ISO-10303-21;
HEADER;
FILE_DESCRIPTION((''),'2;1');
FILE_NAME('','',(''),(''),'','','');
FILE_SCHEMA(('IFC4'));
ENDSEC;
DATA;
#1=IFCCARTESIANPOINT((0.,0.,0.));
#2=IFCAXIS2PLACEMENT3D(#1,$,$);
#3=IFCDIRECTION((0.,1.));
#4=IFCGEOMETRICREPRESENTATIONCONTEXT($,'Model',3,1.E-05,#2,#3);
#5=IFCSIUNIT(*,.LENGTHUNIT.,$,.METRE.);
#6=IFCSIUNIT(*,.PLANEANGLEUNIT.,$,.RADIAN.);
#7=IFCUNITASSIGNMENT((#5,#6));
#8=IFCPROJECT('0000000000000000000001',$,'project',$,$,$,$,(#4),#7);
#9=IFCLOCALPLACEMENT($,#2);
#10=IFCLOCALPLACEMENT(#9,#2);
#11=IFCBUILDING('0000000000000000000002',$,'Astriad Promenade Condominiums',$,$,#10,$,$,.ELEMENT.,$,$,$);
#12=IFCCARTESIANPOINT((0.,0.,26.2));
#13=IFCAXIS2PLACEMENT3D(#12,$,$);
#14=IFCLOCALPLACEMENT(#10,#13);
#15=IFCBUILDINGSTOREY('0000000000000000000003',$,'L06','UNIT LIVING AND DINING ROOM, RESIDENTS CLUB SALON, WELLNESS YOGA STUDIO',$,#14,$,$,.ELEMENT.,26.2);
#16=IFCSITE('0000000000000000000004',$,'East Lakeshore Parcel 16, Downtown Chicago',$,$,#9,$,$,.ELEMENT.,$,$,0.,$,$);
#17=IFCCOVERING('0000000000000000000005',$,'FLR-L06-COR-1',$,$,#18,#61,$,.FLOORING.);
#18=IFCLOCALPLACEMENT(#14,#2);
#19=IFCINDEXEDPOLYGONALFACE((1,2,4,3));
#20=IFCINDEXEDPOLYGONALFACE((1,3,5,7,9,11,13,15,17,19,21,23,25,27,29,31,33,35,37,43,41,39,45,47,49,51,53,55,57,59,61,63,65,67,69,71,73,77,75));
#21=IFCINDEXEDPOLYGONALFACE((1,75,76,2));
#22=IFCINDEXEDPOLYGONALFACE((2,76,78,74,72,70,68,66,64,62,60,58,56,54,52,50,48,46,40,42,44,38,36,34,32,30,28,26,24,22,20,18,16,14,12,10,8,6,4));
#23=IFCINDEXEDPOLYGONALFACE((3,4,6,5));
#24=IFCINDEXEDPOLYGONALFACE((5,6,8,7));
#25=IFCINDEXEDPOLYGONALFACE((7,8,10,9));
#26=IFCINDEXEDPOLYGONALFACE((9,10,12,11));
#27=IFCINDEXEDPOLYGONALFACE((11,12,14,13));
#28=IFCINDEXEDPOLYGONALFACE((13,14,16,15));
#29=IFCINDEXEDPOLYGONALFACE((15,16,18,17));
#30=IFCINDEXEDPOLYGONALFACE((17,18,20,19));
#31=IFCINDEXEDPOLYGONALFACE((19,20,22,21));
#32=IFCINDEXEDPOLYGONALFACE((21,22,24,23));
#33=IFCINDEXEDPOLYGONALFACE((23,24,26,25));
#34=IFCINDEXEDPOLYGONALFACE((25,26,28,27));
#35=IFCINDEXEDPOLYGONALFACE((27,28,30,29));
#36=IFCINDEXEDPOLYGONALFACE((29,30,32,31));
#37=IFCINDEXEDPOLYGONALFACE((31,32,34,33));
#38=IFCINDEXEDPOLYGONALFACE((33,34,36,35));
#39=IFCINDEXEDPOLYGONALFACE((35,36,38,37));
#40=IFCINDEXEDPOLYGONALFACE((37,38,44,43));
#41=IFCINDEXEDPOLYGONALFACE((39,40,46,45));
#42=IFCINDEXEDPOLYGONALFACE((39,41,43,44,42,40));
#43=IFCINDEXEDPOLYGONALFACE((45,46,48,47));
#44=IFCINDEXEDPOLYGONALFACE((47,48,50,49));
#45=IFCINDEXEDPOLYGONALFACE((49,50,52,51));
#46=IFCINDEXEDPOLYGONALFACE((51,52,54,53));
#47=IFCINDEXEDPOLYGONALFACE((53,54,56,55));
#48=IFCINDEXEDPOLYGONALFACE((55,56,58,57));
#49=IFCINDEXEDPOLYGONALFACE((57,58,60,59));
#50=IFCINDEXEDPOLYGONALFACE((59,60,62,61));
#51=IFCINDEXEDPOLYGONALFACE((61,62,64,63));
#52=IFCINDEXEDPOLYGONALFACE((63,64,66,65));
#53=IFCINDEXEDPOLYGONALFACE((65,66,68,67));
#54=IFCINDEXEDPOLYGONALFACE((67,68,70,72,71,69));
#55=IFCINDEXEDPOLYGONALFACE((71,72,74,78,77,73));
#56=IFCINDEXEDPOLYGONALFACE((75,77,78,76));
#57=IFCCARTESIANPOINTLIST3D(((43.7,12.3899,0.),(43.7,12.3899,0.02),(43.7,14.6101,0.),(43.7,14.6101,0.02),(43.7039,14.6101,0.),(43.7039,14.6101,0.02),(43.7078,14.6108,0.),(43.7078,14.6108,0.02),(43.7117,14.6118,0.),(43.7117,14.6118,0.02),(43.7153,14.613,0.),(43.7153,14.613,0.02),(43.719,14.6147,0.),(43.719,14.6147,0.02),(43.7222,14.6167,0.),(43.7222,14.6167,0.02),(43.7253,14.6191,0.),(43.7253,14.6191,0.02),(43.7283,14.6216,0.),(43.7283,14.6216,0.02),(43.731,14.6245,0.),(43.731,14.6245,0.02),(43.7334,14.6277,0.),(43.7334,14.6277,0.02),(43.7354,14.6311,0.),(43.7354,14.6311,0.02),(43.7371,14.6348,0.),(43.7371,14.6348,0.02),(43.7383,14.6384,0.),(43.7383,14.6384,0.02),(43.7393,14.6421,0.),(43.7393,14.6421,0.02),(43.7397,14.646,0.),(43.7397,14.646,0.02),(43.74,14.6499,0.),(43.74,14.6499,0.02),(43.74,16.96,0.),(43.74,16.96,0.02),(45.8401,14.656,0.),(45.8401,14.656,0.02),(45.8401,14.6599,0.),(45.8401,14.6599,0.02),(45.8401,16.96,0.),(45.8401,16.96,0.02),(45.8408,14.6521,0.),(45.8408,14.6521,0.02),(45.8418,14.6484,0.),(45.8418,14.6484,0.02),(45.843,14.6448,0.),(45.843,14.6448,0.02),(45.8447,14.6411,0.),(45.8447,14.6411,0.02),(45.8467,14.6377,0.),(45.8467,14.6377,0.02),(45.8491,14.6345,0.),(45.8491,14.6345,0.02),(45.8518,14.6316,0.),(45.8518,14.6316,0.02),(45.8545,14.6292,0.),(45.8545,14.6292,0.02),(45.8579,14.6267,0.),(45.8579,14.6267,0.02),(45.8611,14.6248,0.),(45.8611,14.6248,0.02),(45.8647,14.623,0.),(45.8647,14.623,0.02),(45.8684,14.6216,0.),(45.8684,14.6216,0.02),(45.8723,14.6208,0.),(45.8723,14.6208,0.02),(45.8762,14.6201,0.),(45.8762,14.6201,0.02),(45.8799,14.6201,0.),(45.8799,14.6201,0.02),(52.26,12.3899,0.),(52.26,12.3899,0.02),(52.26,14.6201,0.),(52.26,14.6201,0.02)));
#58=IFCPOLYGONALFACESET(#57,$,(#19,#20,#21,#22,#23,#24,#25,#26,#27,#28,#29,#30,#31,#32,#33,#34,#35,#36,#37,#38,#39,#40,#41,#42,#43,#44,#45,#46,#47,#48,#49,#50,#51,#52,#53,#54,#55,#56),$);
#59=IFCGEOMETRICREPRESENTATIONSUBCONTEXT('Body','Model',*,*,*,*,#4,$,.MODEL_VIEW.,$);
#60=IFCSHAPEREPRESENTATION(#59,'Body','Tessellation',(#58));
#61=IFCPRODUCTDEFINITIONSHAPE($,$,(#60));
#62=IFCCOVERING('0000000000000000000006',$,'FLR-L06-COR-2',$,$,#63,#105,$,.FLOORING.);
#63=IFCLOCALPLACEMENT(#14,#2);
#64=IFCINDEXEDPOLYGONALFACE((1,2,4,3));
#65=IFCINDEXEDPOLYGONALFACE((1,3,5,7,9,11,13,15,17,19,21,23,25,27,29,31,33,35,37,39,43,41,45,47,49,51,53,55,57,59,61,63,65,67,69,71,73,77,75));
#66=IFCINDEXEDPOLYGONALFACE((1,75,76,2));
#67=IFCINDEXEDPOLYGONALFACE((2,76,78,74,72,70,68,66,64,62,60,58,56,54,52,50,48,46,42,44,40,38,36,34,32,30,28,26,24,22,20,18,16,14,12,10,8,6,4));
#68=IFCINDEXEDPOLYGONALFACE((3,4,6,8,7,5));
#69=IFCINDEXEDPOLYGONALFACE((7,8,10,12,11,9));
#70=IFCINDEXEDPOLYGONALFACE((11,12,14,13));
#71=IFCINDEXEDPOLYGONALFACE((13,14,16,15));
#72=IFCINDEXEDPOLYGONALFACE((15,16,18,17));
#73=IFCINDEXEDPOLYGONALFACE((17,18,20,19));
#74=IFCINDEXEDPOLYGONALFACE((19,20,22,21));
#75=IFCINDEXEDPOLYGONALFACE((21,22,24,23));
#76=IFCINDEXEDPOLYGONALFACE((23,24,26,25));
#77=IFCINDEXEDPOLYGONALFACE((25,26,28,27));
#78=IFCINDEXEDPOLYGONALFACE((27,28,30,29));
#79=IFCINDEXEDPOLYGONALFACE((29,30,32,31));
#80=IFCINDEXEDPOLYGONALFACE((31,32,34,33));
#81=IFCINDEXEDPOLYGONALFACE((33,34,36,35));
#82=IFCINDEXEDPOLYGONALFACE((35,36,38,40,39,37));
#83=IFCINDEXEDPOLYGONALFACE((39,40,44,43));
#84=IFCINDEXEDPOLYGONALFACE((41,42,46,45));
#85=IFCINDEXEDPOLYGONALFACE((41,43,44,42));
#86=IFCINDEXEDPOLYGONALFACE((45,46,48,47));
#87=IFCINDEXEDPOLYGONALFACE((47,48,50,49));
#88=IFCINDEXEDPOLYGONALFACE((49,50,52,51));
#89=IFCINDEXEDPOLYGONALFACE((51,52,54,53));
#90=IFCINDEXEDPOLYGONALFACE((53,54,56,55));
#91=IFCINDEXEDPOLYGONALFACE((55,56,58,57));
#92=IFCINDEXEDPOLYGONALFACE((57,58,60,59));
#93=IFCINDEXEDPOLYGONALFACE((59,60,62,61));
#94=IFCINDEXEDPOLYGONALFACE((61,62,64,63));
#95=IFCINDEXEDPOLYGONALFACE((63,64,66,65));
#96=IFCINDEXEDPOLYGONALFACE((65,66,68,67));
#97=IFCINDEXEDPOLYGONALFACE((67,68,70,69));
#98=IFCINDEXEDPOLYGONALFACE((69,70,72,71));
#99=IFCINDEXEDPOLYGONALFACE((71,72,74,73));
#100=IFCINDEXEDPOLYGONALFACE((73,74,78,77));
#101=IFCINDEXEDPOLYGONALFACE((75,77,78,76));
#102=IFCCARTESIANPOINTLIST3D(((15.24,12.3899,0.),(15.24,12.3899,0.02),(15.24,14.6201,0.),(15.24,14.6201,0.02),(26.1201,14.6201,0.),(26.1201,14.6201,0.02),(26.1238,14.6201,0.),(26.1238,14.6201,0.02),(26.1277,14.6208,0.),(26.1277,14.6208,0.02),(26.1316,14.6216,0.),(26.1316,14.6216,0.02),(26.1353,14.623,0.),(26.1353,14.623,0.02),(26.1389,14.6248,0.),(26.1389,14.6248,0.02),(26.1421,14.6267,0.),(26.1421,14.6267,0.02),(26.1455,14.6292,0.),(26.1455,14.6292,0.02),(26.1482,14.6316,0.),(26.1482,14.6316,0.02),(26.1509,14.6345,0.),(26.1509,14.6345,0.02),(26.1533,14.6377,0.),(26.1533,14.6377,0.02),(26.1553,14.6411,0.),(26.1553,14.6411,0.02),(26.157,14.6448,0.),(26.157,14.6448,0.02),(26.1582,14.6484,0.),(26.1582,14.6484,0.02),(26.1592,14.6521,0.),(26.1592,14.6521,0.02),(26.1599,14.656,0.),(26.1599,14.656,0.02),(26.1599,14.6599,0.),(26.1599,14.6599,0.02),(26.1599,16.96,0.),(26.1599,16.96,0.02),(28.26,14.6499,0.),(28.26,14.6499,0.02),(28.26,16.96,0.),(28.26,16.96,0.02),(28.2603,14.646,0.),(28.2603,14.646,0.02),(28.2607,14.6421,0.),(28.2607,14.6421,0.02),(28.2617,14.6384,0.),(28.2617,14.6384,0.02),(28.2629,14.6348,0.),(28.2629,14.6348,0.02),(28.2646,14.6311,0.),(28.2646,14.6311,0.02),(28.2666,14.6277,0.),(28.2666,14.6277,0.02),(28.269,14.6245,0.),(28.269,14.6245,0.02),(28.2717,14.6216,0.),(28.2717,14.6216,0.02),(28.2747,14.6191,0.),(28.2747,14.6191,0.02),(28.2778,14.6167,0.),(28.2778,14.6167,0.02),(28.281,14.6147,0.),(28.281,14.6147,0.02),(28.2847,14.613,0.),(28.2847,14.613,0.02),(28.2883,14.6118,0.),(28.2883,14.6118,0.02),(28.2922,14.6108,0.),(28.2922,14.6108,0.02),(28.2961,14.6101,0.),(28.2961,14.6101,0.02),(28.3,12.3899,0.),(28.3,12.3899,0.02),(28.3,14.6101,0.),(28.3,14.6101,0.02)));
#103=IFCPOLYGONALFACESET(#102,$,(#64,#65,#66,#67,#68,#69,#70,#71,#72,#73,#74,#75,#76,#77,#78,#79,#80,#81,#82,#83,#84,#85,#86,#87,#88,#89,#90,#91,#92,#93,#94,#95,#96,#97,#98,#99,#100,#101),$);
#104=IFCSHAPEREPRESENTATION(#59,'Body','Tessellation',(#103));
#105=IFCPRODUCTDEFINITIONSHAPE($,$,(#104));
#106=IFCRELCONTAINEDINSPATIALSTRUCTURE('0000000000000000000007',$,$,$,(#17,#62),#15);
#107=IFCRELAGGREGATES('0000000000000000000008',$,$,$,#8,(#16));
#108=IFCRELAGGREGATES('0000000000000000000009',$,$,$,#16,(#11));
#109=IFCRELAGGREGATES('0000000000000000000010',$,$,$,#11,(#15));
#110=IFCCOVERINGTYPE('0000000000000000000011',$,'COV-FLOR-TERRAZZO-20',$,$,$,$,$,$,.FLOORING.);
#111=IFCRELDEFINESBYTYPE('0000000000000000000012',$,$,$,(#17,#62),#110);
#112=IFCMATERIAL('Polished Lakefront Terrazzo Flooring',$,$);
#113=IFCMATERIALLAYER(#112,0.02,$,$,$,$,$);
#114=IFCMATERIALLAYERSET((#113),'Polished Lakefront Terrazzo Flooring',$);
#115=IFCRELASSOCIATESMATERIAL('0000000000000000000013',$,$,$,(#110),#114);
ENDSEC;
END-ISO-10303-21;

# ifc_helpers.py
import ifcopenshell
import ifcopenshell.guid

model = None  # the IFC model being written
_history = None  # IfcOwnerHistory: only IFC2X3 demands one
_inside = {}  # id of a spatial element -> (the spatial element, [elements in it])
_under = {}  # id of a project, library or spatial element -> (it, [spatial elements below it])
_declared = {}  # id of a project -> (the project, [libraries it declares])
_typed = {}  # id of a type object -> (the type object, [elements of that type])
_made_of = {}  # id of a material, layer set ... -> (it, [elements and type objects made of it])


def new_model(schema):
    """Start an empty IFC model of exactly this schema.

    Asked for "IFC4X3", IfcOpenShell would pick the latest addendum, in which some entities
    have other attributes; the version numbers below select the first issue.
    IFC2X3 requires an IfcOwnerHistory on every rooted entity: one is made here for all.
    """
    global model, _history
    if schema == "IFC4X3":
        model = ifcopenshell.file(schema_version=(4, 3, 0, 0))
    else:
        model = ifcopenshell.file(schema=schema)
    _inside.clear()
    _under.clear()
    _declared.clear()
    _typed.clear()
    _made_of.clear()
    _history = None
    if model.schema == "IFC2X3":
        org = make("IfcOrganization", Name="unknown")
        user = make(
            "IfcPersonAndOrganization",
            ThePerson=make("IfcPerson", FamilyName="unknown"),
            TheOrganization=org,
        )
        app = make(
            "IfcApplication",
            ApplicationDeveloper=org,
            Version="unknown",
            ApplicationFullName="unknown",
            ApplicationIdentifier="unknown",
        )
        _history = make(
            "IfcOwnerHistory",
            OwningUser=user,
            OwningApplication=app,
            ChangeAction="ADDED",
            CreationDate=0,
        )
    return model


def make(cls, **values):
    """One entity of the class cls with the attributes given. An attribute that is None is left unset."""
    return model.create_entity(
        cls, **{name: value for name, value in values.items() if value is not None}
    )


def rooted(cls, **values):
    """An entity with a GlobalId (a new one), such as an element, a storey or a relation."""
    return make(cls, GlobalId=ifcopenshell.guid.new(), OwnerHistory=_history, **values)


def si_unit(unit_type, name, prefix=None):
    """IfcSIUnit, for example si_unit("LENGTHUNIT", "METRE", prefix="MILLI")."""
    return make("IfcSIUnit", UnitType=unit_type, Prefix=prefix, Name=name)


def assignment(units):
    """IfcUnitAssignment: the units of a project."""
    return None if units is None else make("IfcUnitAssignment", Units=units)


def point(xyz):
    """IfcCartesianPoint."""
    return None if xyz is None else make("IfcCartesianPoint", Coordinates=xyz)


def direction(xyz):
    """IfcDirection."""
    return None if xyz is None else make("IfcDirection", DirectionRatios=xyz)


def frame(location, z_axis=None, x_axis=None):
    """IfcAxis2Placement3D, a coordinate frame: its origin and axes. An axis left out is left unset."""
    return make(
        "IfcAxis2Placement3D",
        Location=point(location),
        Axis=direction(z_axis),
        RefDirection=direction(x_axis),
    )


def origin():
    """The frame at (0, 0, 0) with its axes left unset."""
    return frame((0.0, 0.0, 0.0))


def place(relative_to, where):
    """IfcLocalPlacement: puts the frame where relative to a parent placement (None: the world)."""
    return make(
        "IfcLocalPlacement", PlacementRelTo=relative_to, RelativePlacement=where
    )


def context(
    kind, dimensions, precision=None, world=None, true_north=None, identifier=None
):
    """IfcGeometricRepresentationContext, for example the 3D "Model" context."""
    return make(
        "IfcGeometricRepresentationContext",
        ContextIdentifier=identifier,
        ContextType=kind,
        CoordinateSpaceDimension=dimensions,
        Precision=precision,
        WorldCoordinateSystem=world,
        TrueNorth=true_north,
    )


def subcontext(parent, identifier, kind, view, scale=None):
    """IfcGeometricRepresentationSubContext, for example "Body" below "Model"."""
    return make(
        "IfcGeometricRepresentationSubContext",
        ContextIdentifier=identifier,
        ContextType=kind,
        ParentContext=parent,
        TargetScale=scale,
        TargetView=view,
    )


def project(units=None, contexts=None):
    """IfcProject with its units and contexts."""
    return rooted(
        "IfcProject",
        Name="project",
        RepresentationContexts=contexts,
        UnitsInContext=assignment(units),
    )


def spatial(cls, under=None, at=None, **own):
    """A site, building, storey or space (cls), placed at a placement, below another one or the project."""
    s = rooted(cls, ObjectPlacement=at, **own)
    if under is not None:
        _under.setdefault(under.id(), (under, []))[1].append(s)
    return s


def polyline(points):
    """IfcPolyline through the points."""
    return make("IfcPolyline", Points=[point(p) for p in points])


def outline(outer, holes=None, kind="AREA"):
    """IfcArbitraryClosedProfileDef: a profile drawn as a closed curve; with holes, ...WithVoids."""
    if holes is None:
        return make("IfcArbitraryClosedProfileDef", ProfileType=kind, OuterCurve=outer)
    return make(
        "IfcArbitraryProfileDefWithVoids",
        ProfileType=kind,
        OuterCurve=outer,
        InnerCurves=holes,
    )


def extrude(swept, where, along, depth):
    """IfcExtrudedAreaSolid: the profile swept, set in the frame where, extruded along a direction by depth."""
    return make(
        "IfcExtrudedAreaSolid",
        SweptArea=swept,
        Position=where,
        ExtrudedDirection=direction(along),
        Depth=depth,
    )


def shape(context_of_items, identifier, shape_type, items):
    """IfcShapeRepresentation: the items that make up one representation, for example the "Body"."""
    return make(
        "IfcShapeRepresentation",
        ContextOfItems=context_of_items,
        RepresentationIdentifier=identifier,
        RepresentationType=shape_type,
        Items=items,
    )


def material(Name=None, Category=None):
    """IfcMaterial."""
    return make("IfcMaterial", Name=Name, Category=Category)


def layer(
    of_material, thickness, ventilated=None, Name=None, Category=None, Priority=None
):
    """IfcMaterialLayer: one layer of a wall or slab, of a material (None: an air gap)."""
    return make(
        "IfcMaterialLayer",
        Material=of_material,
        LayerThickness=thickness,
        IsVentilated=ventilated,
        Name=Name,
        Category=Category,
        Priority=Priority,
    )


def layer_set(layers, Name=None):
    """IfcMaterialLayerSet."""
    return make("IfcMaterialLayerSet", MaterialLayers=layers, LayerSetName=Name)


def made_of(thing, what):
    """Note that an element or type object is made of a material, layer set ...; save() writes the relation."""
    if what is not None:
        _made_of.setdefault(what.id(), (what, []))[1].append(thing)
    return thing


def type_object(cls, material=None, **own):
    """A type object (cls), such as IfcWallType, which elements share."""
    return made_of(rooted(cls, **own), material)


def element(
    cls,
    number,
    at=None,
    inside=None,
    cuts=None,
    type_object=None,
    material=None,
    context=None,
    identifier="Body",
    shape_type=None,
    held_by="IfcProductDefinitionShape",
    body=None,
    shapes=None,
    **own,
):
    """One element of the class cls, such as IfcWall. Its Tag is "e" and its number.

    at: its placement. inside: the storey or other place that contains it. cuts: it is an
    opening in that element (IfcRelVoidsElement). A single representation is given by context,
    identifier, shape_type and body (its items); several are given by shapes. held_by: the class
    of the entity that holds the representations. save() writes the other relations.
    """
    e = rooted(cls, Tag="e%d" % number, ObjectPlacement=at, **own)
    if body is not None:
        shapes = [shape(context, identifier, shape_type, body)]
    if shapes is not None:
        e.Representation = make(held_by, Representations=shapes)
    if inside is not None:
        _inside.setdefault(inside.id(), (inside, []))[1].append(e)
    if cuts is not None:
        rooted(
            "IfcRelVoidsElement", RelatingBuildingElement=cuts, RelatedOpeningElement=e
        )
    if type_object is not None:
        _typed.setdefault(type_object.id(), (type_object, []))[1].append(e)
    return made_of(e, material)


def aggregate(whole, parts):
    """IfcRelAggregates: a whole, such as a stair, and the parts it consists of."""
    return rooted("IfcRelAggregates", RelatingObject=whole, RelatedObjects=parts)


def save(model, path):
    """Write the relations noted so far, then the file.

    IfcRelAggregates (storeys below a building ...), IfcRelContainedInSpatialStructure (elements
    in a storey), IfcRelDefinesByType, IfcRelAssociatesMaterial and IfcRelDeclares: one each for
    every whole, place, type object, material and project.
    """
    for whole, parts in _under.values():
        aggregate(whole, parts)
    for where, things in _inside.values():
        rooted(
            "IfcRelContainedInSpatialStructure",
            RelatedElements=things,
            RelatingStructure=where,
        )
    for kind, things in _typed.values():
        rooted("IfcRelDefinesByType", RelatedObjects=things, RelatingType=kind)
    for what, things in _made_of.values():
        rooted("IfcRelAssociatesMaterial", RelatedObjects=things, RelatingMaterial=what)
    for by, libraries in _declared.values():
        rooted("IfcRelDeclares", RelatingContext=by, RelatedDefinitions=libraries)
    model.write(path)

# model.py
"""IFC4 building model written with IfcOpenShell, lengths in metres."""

from ifc_helpers import new_model, si_unit, direction, frame, origin, place, context, subcontext, project, spatial, polyline, outline, extrude, material, layer, layer_set, type_object, element, save


model = new_model("IFC4")

# Units and contexts
model_context = context("Model", 3, precision=1e-05, world=origin(), true_north=direction((0.0, 1.0)))
body_context = subcontext(model_context, "Body", "Model", "MODEL_VIEW")
ifc_project = project(units=[si_unit("LENGTHUNIT", "METRE"), si_unit("PLANEANGLEUNIT", "RADIAN")], contexts=[model_context])

# Site, building, storey
site_placement = place(None, origin())
site = spatial("IfcSite", under=ifc_project, at=site_placement, Name="East Lakeshore Parcel 16, Downtown Chicago", CompositionType="ELEMENT", RefElevation=0.0)
building_placement = place(site_placement, origin())
building = spatial("IfcBuilding", under=site, at=building_placement, Name="Astriad Promenade Condominiums", CompositionType="ELEMENT")
storey_placement = place(building_placement, frame((0.0, 0.0, 26.2)))
storey = spatial("IfcBuildingStorey", under=building, at=storey_placement, Name="L06", Description="UNIT LIVING AND DINING ROOM, RESIDENTS CLUB SALON, WELLNESS YOGA STUDIO", CompositionType="ELEMENT", Elevation=26.2)

# Coverings
ifc_material_1 = material(Name="Polished Lakefront Terrazzo Flooring")
ifc_layer_1 = layer(ifc_material_1, 0.02)
ifc_layer_set_1 = layer_set([ifc_layer_1], Name="Polished Lakefront Terrazzo Flooring")
covering_type = type_object("IfcCoveringType", Name="COV-FLOR-TERRAZZO-20", PredefinedType="FLOORING", material=ifc_layer_set_1)
covering_1_placement = place(storey_placement, origin())
element("IfcCovering", 1, at=covering_1_placement, inside=storey, type_object=covering_type, Name="FLR-L06-COR-1", PredefinedType="FLOORING", context=body_context, shape_type="SweptSolid", body=[
    extrude(outline(polyline([(43.7, 12.3899), (43.7, 14.6101), (43.7039, 14.6101), (43.7078, 14.6108), (43.7117, 14.6118), (43.7153, 14.613), (43.719, 14.6147), (43.7222, 14.6167), (43.7253, 14.6191), (43.7283, 14.6216), (43.731, 14.6245), (43.7334, 14.6277), (43.7354, 14.6311), (43.7371, 14.6348), (43.7383, 14.6384), (43.7393, 14.6421), (43.7397, 14.646), (43.74, 14.6499), (43.74, 16.96), (45.8401, 16.96), (45.8401, 14.6599), (45.8401, 14.656), (45.8408, 14.6521), (45.8418, 14.6484), (45.843, 14.6448), (45.8447, 14.6411), (45.8467, 14.6377), (45.8491, 14.6345), (45.8518, 14.6316), (45.8545, 14.6292), (45.8579, 14.6267), (45.8611, 14.6248), (45.8647, 14.623), (45.8684, 14.6216), (45.8723, 14.6208), (45.8762, 14.6201), (45.8799, 14.6201), (52.26, 14.6201), (52.26, 12.3899), (43.7, 12.3899)])), origin(), (0.0, 0.0, 1.0), 0.02),
])
covering_2_placement = place(storey_placement, origin())
element("IfcCovering", 2, at=covering_2_placement, inside=storey, type_object=covering_type, Name="FLR-L06-COR-2", PredefinedType="FLOORING", context=body_context, shape_type="SweptSolid", body=[
    extrude(outline(polyline([(28.3, 12.3899), (15.24, 12.3899), (15.24, 14.6201), (26.1201, 14.6201), (26.1238, 14.6201), (26.1277, 14.6208), (26.1316, 14.6216), (26.1353, 14.623), (26.1389, 14.6248), (26.1421, 14.6267), (26.1455, 14.6292), (26.1482, 14.6316), (26.1509, 14.6345), (26.1533, 14.6377), (26.1553, 14.6411), (26.157, 14.6448), (26.1582, 14.6484), (26.1592, 14.6521), (26.1599, 14.656), (26.1599, 14.6599), (26.1599, 16.96), (28.26, 16.96), (28.26, 14.6499), (28.2603, 14.646), (28.2607, 14.6421), (28.2617, 14.6384), (28.2629, 14.6348), (28.2646, 14.6311), (28.2666, 14.6277), (28.269, 14.6245), (28.2717, 14.6216), (28.2747, 14.6191), (28.2778, 14.6167), (28.281, 14.6147), (28.2847, 14.613), (28.2883, 14.6118), (28.2922, 14.6108), (28.2961, 14.6101), (28.3, 14.6101), (28.3, 12.3899)])), origin(), (0.0, 0.0, 1.0), 0.02),
])

save(model, "model.ifc")
